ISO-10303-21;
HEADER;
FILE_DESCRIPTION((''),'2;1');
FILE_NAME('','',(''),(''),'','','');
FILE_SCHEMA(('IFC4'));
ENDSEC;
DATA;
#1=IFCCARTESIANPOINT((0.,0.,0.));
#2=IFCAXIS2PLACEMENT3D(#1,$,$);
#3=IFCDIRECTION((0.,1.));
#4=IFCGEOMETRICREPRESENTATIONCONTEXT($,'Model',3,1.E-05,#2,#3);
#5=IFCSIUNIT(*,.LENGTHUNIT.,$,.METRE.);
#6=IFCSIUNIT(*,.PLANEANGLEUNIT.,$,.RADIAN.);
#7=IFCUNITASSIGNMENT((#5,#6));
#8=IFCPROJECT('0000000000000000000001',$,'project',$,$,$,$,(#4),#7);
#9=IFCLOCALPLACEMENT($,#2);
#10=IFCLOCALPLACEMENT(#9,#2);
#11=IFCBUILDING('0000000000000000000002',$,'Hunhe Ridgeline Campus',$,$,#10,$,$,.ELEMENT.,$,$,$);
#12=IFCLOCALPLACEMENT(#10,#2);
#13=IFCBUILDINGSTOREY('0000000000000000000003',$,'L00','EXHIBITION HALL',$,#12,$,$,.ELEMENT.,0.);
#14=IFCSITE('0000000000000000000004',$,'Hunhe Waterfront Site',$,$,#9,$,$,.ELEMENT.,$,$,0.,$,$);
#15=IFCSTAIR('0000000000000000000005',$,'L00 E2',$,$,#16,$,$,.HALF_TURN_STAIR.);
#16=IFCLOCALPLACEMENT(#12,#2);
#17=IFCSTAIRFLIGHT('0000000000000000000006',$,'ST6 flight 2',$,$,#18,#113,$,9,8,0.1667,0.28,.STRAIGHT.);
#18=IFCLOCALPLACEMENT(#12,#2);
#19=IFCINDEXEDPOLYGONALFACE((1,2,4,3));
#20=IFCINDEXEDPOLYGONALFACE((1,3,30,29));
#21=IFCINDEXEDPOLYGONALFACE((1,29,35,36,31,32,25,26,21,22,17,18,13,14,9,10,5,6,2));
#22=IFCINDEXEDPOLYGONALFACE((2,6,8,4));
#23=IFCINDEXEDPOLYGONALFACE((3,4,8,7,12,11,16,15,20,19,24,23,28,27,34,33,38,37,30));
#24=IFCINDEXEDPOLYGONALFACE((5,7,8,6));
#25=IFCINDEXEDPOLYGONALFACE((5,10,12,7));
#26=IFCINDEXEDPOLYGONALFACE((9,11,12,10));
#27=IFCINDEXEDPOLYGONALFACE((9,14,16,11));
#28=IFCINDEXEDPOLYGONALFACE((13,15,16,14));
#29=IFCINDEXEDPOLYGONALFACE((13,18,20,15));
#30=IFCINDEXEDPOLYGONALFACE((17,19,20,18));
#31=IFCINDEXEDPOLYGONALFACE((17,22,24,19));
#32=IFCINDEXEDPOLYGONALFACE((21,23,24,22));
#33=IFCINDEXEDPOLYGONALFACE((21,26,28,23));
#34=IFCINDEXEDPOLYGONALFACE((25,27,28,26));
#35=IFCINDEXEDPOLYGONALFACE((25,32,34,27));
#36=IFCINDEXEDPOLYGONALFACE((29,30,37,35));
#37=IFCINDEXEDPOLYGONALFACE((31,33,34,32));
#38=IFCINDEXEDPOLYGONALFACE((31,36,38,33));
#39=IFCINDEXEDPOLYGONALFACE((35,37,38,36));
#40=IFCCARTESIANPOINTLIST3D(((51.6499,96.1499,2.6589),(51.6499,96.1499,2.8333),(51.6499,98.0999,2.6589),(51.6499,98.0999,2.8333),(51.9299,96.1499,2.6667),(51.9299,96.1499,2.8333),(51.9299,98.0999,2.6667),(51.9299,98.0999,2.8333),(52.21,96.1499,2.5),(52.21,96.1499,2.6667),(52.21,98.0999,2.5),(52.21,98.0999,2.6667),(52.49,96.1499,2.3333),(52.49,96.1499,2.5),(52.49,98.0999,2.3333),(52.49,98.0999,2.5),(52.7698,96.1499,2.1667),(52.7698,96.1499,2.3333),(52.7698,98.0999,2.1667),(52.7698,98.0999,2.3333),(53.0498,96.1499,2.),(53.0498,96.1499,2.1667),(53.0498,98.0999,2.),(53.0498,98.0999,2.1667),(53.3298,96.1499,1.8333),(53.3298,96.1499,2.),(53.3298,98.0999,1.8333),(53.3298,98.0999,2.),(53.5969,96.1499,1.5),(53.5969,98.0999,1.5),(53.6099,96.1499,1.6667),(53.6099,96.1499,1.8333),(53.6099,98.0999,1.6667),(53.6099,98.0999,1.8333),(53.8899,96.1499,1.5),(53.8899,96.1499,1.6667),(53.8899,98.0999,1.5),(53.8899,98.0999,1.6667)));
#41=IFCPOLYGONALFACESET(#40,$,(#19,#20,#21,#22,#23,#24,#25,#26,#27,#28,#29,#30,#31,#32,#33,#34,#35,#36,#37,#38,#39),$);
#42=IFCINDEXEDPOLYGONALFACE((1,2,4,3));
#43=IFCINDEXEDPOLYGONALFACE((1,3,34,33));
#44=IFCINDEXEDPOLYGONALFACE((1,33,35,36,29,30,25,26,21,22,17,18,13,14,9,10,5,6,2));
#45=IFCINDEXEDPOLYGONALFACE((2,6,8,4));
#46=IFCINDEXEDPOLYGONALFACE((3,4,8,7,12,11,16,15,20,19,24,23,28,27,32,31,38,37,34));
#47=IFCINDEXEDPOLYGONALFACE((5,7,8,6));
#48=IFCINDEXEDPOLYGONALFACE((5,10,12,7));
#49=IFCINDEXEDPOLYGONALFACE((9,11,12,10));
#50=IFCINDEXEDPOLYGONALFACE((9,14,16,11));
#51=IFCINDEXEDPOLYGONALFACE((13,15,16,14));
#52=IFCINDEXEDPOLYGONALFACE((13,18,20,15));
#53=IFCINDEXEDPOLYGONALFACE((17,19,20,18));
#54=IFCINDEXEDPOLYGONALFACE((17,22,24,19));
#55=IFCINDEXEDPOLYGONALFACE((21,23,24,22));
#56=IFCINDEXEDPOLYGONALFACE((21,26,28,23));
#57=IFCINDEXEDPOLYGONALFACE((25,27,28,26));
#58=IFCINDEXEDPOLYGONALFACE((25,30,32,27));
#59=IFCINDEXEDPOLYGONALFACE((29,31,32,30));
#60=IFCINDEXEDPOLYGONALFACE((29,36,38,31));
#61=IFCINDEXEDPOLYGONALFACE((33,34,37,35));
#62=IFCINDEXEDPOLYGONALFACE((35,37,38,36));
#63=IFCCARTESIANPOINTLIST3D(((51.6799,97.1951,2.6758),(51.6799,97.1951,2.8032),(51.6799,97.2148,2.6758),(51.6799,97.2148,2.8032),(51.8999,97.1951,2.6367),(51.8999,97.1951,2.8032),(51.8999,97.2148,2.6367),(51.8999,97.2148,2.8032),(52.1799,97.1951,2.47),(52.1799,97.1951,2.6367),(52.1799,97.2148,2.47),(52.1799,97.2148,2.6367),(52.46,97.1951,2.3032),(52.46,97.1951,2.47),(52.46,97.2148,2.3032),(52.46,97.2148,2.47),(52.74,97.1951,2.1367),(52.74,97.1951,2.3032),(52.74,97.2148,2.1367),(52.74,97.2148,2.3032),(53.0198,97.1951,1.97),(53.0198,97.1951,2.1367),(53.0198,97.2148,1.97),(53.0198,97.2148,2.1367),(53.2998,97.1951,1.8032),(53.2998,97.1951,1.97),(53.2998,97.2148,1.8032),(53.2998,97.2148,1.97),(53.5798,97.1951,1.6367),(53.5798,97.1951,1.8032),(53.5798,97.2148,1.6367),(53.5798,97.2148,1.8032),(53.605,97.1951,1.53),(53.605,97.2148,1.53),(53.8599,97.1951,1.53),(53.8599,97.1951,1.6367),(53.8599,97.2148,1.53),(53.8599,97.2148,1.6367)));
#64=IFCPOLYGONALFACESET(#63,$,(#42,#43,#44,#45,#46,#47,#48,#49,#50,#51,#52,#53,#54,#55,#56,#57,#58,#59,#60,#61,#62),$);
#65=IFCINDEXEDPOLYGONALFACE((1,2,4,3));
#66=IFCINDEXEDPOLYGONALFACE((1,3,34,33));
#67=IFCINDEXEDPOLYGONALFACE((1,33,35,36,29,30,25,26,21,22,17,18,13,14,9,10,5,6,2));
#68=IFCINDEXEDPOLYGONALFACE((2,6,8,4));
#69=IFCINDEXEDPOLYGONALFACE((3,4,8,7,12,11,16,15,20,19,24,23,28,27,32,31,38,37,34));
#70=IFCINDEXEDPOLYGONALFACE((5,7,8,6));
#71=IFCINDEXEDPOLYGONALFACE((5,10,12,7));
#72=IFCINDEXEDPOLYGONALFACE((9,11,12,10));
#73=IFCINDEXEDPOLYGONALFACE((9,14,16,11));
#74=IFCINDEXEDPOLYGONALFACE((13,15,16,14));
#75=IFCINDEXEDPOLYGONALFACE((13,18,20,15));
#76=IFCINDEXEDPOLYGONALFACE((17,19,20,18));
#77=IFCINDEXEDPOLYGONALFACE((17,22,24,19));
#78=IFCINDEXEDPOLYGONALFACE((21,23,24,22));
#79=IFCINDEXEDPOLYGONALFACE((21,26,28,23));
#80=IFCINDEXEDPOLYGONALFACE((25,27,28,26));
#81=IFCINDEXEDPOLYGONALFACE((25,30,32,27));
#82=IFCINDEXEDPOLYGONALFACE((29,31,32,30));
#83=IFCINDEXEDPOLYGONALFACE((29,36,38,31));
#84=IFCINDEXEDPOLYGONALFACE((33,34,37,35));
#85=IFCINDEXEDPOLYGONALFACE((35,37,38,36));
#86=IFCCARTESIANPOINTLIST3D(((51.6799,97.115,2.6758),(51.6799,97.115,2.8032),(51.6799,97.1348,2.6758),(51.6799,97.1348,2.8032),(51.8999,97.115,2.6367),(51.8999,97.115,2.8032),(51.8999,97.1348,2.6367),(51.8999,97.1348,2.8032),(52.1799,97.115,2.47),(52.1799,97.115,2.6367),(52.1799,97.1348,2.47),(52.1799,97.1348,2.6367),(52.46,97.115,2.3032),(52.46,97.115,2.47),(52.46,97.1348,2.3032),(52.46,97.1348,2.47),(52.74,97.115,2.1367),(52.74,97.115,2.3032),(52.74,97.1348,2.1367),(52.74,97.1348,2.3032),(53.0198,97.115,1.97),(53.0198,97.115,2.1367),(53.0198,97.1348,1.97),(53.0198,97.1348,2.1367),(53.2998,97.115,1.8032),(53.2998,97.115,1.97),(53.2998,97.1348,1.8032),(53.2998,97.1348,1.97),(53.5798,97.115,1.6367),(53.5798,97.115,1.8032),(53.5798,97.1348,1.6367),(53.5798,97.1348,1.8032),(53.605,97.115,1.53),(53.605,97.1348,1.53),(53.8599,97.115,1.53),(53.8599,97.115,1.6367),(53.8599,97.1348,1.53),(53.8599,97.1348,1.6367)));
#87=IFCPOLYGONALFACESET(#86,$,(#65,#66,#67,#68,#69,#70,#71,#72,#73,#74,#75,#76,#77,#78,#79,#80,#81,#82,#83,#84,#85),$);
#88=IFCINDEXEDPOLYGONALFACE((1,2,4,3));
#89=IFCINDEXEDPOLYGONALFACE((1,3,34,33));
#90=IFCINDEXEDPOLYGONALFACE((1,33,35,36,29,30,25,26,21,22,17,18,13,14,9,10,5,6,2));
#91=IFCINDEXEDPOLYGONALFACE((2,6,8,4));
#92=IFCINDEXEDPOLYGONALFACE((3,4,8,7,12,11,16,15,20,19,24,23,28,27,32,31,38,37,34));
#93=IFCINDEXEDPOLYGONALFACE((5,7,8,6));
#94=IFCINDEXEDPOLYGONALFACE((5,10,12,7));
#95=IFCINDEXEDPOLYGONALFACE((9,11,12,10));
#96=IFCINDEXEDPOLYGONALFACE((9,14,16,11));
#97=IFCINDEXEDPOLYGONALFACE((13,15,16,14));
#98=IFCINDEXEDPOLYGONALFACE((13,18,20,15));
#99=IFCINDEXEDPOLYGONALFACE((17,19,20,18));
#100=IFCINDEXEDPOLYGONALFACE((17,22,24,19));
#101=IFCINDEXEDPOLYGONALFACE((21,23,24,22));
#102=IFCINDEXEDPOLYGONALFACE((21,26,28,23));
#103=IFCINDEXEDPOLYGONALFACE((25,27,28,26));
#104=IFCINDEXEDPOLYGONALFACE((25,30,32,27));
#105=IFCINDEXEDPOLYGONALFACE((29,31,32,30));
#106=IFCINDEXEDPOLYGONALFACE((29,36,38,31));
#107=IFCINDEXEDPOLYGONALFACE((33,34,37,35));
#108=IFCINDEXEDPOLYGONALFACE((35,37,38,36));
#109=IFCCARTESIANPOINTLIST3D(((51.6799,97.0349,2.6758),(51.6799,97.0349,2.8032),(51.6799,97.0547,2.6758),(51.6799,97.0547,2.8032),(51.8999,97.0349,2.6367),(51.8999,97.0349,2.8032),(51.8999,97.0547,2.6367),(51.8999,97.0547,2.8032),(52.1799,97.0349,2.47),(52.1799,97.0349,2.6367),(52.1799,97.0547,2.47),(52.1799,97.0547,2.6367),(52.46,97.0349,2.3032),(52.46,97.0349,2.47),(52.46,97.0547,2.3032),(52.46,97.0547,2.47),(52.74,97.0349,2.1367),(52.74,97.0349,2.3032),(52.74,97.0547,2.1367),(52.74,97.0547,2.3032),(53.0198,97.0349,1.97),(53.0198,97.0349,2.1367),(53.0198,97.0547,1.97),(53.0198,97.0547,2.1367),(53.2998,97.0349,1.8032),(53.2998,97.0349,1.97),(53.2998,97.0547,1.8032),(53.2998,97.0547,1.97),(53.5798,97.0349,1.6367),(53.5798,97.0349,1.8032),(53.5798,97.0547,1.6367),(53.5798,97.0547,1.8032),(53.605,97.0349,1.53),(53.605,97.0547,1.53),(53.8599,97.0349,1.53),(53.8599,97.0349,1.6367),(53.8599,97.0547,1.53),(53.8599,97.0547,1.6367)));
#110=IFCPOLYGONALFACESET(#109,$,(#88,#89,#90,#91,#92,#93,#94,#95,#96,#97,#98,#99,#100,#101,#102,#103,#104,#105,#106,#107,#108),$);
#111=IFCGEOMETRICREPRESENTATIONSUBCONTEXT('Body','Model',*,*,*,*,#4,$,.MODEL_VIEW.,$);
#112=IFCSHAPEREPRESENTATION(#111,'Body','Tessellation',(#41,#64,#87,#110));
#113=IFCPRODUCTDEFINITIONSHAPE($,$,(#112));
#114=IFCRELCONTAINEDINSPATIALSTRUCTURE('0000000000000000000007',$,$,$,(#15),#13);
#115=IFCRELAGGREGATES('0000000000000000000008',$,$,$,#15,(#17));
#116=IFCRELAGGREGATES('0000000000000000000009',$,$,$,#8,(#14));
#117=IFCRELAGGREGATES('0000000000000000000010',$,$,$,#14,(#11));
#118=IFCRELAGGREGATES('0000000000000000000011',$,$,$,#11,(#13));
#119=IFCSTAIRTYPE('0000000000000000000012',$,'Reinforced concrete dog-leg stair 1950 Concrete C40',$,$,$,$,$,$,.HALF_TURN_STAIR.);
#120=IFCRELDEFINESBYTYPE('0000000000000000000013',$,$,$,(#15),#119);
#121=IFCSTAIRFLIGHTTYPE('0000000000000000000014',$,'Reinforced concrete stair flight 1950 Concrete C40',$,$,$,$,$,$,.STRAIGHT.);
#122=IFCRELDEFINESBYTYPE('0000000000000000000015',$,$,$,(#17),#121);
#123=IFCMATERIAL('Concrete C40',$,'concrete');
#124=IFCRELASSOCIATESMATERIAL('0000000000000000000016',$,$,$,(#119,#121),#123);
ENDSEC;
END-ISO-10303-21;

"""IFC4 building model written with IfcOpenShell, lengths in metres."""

from ifc_helpers import new_model, si_unit, direction, frame, origin, place, context, subcontext, project, spatial, polyline, outline, extrude, material, type_object, element, aggregate, save


model = new_model("IFC4")

# Units and contexts
model_context = context("Model", 3, precision=1e-05, world=origin(), true_north=direction((0.0, 1.0)))
body_context = subcontext(model_context, "Body", "Model", "MODEL_VIEW")
ifc_project = project(units=[si_unit("LENGTHUNIT", "METRE"), si_unit("PLANEANGLEUNIT", "RADIAN")], contexts=[model_context])

# Site, building, storey
site_placement = place(None, origin())
site = spatial("IfcSite", under=ifc_project, at=site_placement, Name="Hunhe Waterfront Site", CompositionType="ELEMENT", RefElevation=0.0)
building_placement = place(site_placement, origin())
building = spatial("IfcBuilding", under=site, at=building_placement, Name="Hunhe Ridgeline Campus", CompositionType="ELEMENT")
storey_placement = place(building_placement, origin())
storey = spatial("IfcBuildingStorey", under=building, at=storey_placement, Name="L00", Description="EXHIBITION HALL", CompositionType="ELEMENT", Elevation=0.0)

# Stair, stair flight
ifc_material_1 = material(Name="Concrete C40", Category="concrete")
stair_type = type_object("IfcStairType", Name="Reinforced concrete dog-leg stair 1950 Concrete C40", PredefinedType="HALF_TURN_STAIR", material=ifc_material_1)
stair_1_placement = place(storey_placement, origin())
stair_1 = element("IfcStair", 1, at=stair_1_placement, inside=storey, type_object=stair_type, Name="L00 E2", PredefinedType="HALF_TURN_STAIR")
stair_flight_type = type_object("IfcStairFlightType", Name="Reinforced concrete stair flight 1950 Concrete C40", PredefinedType="STRAIGHT", material=ifc_material_1)
stair_flight_1_placement = place(storey_placement, frame((53.8899, 97.125, 1.5), z_axis=(0.0, 0.0, 1.0), x_axis=(-1.0, 0.0, 0.0)))
stair_flight_1 = element("IfcStairFlight", 2, at=stair_flight_1_placement, type_object=stair_flight_type, Name="ST6 flight 2", NumberOfRisers=9, NumberOfTreads=8, PredefinedType="STRAIGHT", RiserHeight=0.1667, TreadLength=0.28, context=body_context, shape_type="SweptSolid", body=[
    extrude(outline(polyline([(0.0, 0.0), (0.0, 0.1667), (0.28, 0.1667), (0.28, 0.3333), (0.5601, 0.3333), (0.5601, 0.5), (0.8401, 0.5), (0.8401, 0.6667), (1.1201, 0.6667), (1.1201, 0.8333), (1.3999, 0.8333), (1.3999, 1.0), (1.6799, 1.0), (1.6799, 1.1667), (1.96, 1.1667), (1.96, 1.3333), (2.24, 1.3333), (2.24, 1.5), (2.24, 1.1589), (0.293, 0.0), (0.0, 0.0)])), frame((0.0, 0.9751, 0.0), z_axis=(0.0, -1.0, 0.0), x_axis=(1.0, 0.0, 0.0)), (0.0, 0.0, 1.0), 1.95),
    extrude(outline(polyline([(0.03, 0.03), (0.03, 0.1367), (0.3101, 0.1367), (0.3101, 0.3032), (0.5901, 0.3032), (0.5901, 0.47), (0.8701, 0.47), (0.8701, 0.6367), (1.1499, 0.6367), (1.1499, 0.8032), (1.4299, 0.8032), (1.4299, 0.97), (1.71, 0.97), (1.71, 1.1367), (1.99, 1.1367), (1.99, 1.3032), (2.21, 1.3032), (2.21, 1.1758), (0.2849, 0.03), (0.03, 0.03)])), frame((0.0, -0.0701, 0.0), z_axis=(0.0, -1.0, 0.0), x_axis=(1.0, 0.0, 0.0)), (0.0, 0.0, 1.0), 0.0198),
    extrude(outline(polyline([(0.03, 0.03), (0.03, 0.1367), (0.3101, 0.1367), (0.3101, 0.3032), (0.5901, 0.3032), (0.5901, 0.47), (0.8701, 0.47), (0.8701, 0.6367), (1.1499, 0.6367), (1.1499, 0.8032), (1.4299, 0.8032), (1.4299, 0.97), (1.71, 0.97), (1.71, 1.1367), (1.99, 1.1367), (1.99, 1.3032), (2.21, 1.3032), (2.21, 1.1758), (0.2849, 0.03), (0.03, 0.03)])), frame((0.0, 0.01, 0.0), z_axis=(0.0, -1.0, 0.0), x_axis=(1.0, 0.0, 0.0)), (0.0, 0.0, 1.0), 0.0198),
    extrude(outline(polyline([(0.03, 0.03), (0.03, 0.1367), (0.3101, 0.1367), (0.3101, 0.3032), (0.5901, 0.3032), (0.5901, 0.47), (0.8701, 0.47), (0.8701, 0.6367), (1.1499, 0.6367), (1.1499, 0.8032), (1.4299, 0.8032), (1.4299, 0.97), (1.71, 0.97), (1.71, 1.1367), (1.99, 1.1367), (1.99, 1.3032), (2.21, 1.3032), (2.21, 1.1758), (0.2849, 0.03), (0.03, 0.03)])), frame((0.0, 0.0901, 0.0), z_axis=(0.0, -1.0, 0.0), x_axis=(1.0, 0.0, 0.0)), (0.0, 0.0, 1.0), 0.0198),
])
aggregate(stair_1, [stair_flight_1])

save(model, "model.ifc")
